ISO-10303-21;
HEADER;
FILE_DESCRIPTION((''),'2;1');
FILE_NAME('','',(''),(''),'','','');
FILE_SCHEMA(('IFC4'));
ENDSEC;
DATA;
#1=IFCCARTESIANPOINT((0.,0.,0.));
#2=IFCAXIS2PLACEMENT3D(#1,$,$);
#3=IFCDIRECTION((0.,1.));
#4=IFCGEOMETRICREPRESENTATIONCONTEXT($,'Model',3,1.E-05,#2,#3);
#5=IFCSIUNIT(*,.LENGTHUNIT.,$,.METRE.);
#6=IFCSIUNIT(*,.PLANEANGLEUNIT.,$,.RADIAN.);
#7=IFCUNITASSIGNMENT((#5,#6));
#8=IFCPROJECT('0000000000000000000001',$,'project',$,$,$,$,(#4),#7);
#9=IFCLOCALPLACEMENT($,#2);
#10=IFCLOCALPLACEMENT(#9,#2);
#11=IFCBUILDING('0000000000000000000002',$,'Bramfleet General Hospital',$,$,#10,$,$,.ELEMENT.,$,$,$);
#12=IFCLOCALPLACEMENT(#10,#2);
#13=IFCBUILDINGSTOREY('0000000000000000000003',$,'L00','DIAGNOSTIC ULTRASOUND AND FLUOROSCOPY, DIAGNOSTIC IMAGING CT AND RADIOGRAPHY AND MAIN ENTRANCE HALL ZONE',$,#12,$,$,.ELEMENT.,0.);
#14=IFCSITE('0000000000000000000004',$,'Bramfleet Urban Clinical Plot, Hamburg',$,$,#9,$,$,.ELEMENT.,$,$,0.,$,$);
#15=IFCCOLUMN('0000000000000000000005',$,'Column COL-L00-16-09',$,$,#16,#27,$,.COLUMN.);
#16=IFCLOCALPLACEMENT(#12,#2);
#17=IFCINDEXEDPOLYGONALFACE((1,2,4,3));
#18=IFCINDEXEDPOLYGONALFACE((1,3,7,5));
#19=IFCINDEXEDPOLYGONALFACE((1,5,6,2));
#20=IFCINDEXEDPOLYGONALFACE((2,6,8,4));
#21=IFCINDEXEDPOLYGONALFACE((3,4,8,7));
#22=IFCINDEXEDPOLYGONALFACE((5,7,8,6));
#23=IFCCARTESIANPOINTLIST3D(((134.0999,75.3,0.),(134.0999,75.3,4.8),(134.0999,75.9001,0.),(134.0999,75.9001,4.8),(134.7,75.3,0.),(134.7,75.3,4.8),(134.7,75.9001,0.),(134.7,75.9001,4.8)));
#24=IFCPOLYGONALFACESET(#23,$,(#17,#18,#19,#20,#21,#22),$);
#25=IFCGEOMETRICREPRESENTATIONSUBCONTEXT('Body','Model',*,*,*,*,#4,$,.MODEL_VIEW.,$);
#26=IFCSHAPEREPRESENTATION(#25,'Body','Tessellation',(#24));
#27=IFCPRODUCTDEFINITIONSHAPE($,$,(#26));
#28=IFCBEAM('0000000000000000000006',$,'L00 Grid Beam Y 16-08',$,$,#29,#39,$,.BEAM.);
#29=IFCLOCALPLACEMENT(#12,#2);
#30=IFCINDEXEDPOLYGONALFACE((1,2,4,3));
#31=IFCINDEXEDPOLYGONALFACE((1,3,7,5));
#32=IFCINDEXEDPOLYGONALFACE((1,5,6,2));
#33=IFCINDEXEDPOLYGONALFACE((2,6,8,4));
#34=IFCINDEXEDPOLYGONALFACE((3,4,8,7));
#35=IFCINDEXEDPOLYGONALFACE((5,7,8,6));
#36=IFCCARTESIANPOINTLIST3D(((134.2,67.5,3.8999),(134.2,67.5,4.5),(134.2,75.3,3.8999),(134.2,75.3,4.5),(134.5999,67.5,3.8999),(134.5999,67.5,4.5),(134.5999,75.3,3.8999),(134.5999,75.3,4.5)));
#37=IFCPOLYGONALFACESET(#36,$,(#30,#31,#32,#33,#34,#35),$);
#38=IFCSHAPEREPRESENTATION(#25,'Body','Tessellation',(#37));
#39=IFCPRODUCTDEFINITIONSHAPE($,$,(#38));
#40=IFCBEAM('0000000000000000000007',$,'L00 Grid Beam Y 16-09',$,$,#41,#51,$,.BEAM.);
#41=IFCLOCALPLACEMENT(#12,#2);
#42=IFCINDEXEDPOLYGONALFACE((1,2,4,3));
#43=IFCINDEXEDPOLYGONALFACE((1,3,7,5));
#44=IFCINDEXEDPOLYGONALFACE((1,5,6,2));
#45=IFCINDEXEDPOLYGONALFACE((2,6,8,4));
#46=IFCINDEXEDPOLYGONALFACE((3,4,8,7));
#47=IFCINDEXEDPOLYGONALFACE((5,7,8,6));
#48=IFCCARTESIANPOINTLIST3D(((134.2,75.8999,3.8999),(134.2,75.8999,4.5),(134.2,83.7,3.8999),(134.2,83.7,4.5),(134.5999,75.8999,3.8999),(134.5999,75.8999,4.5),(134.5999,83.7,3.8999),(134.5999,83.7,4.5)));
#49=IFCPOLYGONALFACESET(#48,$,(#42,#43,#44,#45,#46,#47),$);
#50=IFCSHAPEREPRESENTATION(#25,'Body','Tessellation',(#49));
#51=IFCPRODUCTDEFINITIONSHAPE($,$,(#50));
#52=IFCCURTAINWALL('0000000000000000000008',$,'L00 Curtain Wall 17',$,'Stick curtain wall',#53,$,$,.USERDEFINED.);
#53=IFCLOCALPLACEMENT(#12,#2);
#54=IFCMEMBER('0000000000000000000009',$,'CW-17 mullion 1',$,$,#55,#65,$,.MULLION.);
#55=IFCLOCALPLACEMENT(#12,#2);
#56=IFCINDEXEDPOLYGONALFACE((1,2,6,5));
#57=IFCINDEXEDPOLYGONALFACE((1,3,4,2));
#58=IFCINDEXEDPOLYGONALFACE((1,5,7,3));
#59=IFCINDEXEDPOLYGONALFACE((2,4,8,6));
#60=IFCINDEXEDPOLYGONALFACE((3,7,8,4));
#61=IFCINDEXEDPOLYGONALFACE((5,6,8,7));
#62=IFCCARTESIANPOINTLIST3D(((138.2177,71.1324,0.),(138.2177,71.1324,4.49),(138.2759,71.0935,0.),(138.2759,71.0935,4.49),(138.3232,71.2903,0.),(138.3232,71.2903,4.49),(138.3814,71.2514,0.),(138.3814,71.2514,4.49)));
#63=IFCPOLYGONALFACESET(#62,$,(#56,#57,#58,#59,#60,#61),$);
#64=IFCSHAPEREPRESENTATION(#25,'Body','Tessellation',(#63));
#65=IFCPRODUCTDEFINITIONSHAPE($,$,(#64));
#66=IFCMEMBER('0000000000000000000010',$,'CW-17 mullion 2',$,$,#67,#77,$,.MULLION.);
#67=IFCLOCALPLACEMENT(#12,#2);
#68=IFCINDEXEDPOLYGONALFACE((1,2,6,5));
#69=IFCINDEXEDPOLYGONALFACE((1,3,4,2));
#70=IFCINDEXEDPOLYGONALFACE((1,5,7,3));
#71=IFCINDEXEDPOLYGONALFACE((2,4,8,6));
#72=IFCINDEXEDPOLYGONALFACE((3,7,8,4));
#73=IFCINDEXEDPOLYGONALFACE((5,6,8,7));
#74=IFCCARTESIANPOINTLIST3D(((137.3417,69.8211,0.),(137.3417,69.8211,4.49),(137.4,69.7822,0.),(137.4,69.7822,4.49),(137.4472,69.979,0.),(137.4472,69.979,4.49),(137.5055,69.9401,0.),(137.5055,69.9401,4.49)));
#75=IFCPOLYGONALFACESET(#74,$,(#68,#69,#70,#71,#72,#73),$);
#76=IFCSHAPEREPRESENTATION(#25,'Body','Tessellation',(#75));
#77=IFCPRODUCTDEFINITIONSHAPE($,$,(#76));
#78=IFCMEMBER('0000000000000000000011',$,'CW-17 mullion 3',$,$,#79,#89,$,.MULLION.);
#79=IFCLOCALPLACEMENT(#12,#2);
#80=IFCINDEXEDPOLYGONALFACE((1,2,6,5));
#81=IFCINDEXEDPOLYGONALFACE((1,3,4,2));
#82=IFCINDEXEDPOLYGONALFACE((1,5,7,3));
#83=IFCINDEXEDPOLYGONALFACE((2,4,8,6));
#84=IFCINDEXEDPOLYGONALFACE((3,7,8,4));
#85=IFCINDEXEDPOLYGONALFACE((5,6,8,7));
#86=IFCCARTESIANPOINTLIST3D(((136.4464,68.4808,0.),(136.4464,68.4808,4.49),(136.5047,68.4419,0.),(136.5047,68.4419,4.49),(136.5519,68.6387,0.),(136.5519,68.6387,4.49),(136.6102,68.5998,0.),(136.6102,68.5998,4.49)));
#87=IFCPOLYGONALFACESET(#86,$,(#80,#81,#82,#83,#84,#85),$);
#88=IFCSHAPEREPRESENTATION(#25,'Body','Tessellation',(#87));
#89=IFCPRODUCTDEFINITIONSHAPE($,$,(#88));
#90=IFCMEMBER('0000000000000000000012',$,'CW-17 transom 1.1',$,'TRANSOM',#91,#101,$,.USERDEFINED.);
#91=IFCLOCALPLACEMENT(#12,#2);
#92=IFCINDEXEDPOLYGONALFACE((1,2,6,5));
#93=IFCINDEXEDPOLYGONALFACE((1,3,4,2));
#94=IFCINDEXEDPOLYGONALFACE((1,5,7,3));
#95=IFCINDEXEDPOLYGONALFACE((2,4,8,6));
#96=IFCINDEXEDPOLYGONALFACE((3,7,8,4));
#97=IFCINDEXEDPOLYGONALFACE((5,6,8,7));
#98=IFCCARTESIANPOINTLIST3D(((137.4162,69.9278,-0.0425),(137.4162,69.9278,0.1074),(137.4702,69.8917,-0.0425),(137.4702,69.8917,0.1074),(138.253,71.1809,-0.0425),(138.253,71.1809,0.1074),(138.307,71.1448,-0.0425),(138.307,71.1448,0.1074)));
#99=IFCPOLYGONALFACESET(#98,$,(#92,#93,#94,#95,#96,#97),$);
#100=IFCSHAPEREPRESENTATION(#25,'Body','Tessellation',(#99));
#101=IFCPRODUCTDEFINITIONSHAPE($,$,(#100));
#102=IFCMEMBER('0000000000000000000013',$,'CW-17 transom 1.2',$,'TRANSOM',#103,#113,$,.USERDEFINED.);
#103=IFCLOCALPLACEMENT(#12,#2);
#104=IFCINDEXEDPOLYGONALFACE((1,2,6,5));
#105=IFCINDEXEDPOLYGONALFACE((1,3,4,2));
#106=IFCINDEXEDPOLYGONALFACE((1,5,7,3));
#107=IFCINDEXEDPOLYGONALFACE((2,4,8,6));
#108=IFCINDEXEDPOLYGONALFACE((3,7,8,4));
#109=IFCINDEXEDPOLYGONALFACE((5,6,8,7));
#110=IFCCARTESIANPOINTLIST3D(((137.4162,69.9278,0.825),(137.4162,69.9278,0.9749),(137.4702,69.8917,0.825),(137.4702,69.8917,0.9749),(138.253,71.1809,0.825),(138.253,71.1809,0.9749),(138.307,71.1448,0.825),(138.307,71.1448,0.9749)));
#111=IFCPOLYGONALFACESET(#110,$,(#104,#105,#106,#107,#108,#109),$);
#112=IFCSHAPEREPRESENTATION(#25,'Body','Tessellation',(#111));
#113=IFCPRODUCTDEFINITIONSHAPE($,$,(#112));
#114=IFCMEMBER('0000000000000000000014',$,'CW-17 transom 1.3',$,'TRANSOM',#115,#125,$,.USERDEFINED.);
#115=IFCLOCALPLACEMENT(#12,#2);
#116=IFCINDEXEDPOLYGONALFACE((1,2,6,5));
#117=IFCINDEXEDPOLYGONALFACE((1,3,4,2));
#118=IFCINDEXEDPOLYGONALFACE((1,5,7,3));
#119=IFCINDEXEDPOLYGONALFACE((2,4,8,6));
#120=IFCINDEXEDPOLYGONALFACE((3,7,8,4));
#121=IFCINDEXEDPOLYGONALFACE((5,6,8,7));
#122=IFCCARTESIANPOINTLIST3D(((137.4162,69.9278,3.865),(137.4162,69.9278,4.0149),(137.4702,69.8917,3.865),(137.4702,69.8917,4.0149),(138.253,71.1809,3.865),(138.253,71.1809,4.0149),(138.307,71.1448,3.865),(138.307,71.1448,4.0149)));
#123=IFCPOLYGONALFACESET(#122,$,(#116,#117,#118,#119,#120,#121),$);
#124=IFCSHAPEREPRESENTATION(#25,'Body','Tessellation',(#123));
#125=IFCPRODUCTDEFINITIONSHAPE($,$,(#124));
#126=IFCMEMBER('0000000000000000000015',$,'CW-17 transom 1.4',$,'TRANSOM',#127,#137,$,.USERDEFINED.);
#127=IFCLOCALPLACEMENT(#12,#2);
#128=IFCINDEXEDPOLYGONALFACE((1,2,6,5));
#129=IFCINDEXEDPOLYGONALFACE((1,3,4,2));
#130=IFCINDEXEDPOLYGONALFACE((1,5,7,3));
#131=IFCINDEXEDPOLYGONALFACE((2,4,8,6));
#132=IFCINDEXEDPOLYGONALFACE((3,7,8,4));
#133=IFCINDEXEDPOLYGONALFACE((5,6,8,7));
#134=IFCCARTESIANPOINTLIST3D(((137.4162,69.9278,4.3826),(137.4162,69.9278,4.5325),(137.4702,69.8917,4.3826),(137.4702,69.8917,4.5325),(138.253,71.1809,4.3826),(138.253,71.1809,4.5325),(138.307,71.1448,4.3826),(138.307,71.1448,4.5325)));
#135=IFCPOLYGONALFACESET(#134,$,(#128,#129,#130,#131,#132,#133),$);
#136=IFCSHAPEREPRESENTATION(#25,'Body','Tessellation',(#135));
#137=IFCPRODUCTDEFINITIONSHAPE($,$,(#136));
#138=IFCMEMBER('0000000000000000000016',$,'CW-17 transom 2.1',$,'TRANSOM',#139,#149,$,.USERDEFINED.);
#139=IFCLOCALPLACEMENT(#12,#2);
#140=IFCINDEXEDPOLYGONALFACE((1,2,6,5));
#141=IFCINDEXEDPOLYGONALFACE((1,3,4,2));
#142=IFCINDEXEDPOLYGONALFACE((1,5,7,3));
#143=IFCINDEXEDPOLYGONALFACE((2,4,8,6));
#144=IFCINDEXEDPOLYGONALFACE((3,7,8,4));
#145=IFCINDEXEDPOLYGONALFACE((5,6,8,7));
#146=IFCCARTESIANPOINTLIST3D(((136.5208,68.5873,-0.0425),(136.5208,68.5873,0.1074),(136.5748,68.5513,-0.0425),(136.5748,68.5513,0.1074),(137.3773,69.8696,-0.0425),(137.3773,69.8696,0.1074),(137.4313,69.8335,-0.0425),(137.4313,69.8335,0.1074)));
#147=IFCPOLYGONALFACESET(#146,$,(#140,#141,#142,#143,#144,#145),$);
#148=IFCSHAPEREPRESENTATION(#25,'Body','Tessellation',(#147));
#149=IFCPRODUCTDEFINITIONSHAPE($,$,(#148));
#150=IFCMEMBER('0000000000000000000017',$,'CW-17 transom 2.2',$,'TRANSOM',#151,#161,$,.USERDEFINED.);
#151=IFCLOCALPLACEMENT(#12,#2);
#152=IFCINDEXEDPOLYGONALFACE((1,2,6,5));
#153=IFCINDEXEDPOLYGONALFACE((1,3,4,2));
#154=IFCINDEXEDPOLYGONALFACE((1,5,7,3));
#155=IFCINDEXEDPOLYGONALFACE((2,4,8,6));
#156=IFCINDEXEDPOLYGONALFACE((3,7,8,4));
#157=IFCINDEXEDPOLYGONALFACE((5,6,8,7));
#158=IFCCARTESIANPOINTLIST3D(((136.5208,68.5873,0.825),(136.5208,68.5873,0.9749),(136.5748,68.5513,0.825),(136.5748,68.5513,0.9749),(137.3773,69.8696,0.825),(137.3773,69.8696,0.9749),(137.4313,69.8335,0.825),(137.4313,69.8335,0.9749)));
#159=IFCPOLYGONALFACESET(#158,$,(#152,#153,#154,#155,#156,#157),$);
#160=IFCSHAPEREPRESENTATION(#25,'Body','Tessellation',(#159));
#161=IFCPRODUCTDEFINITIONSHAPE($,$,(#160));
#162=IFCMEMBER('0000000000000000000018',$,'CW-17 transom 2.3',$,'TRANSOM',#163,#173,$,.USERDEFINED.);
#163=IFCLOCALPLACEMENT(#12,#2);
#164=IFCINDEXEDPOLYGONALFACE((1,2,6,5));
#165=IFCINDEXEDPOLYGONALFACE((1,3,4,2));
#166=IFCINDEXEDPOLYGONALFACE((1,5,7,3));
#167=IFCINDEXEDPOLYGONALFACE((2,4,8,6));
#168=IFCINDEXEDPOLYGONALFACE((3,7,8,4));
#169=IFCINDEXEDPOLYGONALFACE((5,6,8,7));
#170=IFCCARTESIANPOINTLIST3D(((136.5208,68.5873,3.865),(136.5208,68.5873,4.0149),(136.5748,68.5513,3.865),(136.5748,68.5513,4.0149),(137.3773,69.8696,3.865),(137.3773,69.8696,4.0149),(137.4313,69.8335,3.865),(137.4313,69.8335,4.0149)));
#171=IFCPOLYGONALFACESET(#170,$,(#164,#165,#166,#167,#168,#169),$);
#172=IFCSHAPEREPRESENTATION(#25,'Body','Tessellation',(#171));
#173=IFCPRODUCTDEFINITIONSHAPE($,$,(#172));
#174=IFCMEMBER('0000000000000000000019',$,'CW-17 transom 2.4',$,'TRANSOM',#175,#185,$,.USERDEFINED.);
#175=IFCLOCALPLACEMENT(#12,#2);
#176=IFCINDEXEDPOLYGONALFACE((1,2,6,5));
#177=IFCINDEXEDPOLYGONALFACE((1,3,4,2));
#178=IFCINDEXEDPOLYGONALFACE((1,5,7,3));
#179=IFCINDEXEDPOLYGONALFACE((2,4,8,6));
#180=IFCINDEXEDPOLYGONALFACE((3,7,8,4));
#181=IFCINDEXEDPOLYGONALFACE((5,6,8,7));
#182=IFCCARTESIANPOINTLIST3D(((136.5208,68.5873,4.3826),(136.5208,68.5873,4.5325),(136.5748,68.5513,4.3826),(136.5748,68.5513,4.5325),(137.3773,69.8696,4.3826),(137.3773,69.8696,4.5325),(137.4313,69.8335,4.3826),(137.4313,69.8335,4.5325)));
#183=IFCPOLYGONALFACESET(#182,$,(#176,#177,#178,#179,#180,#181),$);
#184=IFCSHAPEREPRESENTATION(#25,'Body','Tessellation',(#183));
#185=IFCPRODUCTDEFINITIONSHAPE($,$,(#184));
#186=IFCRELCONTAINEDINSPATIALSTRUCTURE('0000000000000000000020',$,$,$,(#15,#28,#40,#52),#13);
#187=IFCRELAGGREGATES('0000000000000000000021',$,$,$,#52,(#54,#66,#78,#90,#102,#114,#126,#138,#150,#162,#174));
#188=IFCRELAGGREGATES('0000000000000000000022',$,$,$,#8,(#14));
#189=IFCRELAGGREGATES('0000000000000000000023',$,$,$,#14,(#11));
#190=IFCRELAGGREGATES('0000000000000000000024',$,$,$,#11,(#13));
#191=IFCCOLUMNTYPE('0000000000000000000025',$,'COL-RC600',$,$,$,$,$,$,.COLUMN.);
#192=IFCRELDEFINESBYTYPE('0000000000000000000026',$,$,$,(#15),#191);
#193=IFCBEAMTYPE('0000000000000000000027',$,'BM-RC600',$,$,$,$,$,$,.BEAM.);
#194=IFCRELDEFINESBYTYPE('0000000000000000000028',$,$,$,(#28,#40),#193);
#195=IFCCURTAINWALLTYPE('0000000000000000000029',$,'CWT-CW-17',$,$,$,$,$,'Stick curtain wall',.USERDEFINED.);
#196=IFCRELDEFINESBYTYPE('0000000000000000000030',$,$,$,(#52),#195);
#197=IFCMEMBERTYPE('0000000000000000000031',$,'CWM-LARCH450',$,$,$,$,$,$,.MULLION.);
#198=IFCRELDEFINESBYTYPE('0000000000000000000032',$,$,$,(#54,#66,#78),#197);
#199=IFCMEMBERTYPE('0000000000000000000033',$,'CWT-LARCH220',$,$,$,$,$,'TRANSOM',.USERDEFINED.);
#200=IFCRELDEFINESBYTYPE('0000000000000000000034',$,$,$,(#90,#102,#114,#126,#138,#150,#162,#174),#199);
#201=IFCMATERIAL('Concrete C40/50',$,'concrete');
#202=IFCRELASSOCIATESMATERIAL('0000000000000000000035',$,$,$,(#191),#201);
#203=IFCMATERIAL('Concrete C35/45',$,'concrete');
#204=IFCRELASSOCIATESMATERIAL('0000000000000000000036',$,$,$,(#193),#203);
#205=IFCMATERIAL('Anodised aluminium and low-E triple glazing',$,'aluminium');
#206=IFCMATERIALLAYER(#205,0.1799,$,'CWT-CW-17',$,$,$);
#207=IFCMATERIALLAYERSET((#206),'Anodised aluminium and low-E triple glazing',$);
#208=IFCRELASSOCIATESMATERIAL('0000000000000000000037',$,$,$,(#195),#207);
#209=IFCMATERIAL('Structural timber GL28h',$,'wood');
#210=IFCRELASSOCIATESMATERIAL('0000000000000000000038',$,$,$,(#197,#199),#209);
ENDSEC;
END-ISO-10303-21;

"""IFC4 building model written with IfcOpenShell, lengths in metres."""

from ifc_helpers import new_model, si_unit, direction, frame, origin, origin_2d, place, context, subcontext, project, spatial, rectangle, extrude, material, layer, layer_set, material_profile, profile_set, type_object, element, aggregate, save


model = new_model("IFC4")

# Units and contexts
model_context = context("Model", 3, precision=1e-05, world=origin(), true_north=direction((0.0, 1.0)))
body_context = subcontext(model_context, "Body", "Model", "MODEL_VIEW")
ifc_project = project(units=[si_unit("LENGTHUNIT", "METRE"), si_unit("PLANEANGLEUNIT", "RADIAN")], contexts=[model_context])

# Site, building, storey
site_placement = place(None, origin())
site = spatial("IfcSite", under=ifc_project, at=site_placement, Name="Bramfleet Urban Clinical Plot, Hamburg", CompositionType="ELEMENT", RefElevation=0.0)
building_placement = place(site_placement, origin())
building = spatial("IfcBuilding", under=site, at=building_placement, Name="Bramfleet General Hospital", CompositionType="ELEMENT")
storey_placement = place(building_placement, origin())
storey = spatial("IfcBuildingStorey", under=building, at=storey_placement, Name="L00", Description="DIAGNOSTIC ULTRASOUND AND FLUOROSCOPY, DIAGNOSTIC IMAGING CT AND RADIOGRAPHY AND MAIN ENTRANCE HALL ZONE", CompositionType="ELEMENT", Elevation=0.0)

# Column
ifc_material_1 = material(Name="Concrete C40/50", Category="concrete")
ifc_material_profile_1 = material_profile(ifc_material_1, rectangle(XDim=0.6001, YDim=0.6001, at=origin_2d()), Name="RC COL 600x600")
ifc_profile_set_1 = profile_set([ifc_material_profile_1], Name="Concrete C40/50")
column_type = type_object("IfcColumnType", Name="COL-RC600", PredefinedType="COLUMN", material=ifc_profile_set_1)
column_placement = place(storey_placement, frame((134.3999, 75.6001, 0.0), z_axis=(0.0, 0.0, 1.0), x_axis=(1.0, 0.0, 0.0)))
element("IfcColumn", 1, at=column_placement, inside=storey, type_object=column_type, Name="Column COL-L00-16-09", PredefinedType="COLUMN", context=body_context, shape_type="SweptSolid", body=[
    extrude(rectangle(XDim=0.6001, YDim=0.6001, at=origin_2d()), origin(), (0.0, 0.0, 1.0), 4.8),
])

# Beams
ifc_material_2 = material(Name="Concrete C35/45", Category="concrete")
ifc_material_profile_2 = material_profile(ifc_material_2, rectangle(XDim=0.3999, YDim=0.6001, at=origin_2d()), Name="RC BM 600x400")
ifc_profile_set_2 = profile_set([ifc_material_profile_2], Name="Concrete C35/45")
beam_type = type_object("IfcBeamType", Name="BM-RC600", PredefinedType="BEAM", material=ifc_profile_set_2)
for number, where, z_axis, x_axis, name in (
    (2, (134.3999, 67.5, 4.2), (0.0, 1.0, 0.0), (-1.0, 0.0, 0.0), "L00 Grid Beam Y 16-08"),
    (3, (134.3999, 75.8999, 4.2), (0.0, 1.0, 0.0), (-1.0, 0.0, 0.0), "L00 Grid Beam Y 16-09"),
):
    element("IfcBeam", number, at=place(storey_placement, frame(where, z_axis=z_axis, x_axis=x_axis)), inside=storey, type_object=beam_type, Name=name, PredefinedType="BEAM", context=body_context, shape_type="SweptSolid", body=[
        extrude(rectangle(XDim=0.3999, YDim=0.6001, at=origin_2d()), origin(), (0.0, 0.0, 1.0), 7.8),
    ])

# Curtain wall, members
ifc_material_3 = material(Name="Anodised aluminium and low-E triple glazing", Category="aluminium")
ifc_layer_1 = layer(ifc_material_3, 0.1799, Name="CWT-CW-17")
ifc_layer_set_1 = layer_set([ifc_layer_1], Name="Anodised aluminium and low-E triple glazing")
curtain_wall_type = type_object("IfcCurtainWallType", Name="CWT-CW-17", ElementType="Stick curtain wall", PredefinedType="USERDEFINED", material=ifc_layer_set_1)
curtain_wall_placement = place(storey_placement, origin())
curtain_wall = element("IfcCurtainWall", 4, at=curtain_wall_placement, inside=storey, type_object=curtain_wall_type, Name="L00 Curtain Wall 17", ObjectType="Stick curtain wall", PredefinedType="USERDEFINED")
ifc_material_4 = material(Name="Structural timber GL28h", Category="wood")
ifc_material_profile_3 = material_profile(ifc_material_4, rectangle(XDim=0.0701, YDim=0.1899, at=origin_2d()), Name="LARCH 190x70")
ifc_profile_set_3 = profile_set([ifc_material_profile_3], Name="Structural timber GL28h")
member_type_1 = type_object("IfcMemberType", Name="CWM-LARCH450", PredefinedType="MULLION", material=ifc_profile_set_3)
member_1_placement = place(storey_placement, frame((138.2996, 71.1919, 0.0), z_axis=(0.0, 0.0, 1.0), x_axis=(0.831541, -0.555464, 0.0)))
member_1 = element("IfcMember", 5, at=member_1_placement, type_object=member_type_1, Name="CW-17 mullion 1", PredefinedType="MULLION", context=body_context, shape_type="SweptSolid", body=[
    extrude(rectangle(XDim=0.0701, YDim=0.1899, at=origin_2d()), origin(), (0.0, 0.0, 1.0), 4.49),
])
member_2_placement = place(storey_placement, frame((137.4236, 69.8806, 0.0), z_axis=(0.0, 0.0, 1.0), x_axis=(0.831541, -0.555464, 0.0)))
member_2 = element("IfcMember", 6, at=member_2_placement, type_object=member_type_1, Name="CW-17 mullion 2", PredefinedType="MULLION", context=body_context, shape_type="SweptSolid", body=[
    extrude(rectangle(XDim=0.0701, YDim=0.1899, at=origin_2d()), origin(), (0.0, 0.0, 1.0), 4.49),
])
member_3_placement = place(storey_placement, frame((136.5283, 68.5403, 0.0), z_axis=(0.0, 0.0, 1.0), x_axis=(0.831541, -0.555464, 0.0)))
member_3 = element("IfcMember", 7, at=member_3_placement, type_object=member_type_1, Name="CW-17 mullion 3", PredefinedType="MULLION", context=body_context, shape_type="SweptSolid", body=[
    extrude(rectangle(XDim=0.0701, YDim=0.1899, at=origin_2d()), origin(), (0.0, 0.0, 1.0), 4.49),
])
ifc_material_profile_4 = material_profile(ifc_material_4, rectangle(XDim=0.0649, YDim=0.1499, at=origin_2d()), Name="LARCH 150x65")
ifc_profile_set_4 = profile_set([ifc_material_profile_4], Name="Structural timber GL28h")
member_type_2 = type_object("IfcMemberType", Name="CWT-LARCH220", ElementType="TRANSOM", PredefinedType="USERDEFINED", material=ifc_profile_set_4)
member_4_placement = place(storey_placement, frame((138.28, 71.1628, 0.0325), z_axis=(-0.555373, -0.831601, 0.0), x_axis=(0.831601, -0.555373, 0.0)))
member_4 = element("IfcMember", 8, at=member_4_placement, type_object=member_type_2, Name="CW-17 transom 1.1", ObjectType="TRANSOM", PredefinedType="USERDEFINED", context=body_context, shape_type="SweptSolid", body=[
    extrude(rectangle(XDim=0.0649, YDim=0.1499, at=origin_2d()), origin(), (0.0, 0.0, 1.0), 1.5068),
])
member_5_placement = place(storey_placement, frame((138.28, 71.1628, 0.8999), z_axis=(-0.555373, -0.831601, 0.0), x_axis=(0.831601, -0.555373, 0.0)))
member_5 = element("IfcMember", 9, at=member_5_placement, type_object=member_type_2, Name="CW-17 transom 1.2", ObjectType="TRANSOM", PredefinedType="USERDEFINED", context=body_context, shape_type="SweptSolid", body=[
    extrude(rectangle(XDim=0.0649, YDim=0.1499, at=origin_2d()), origin(), (0.0, 0.0, 1.0), 1.5068),
])
member_6_placement = place(storey_placement, frame((138.28, 71.1628, 3.9399), z_axis=(-0.555373, -0.831601, 0.0), x_axis=(0.831601, -0.555373, 0.0)))
member_6 = element("IfcMember", 10, at=member_6_placement, type_object=member_type_2, Name="CW-17 transom 1.3", ObjectType="TRANSOM", PredefinedType="USERDEFINED", context=body_context, shape_type="SweptSolid", body=[
    extrude(rectangle(XDim=0.0649, YDim=0.1499, at=origin_2d()), origin(), (0.0, 0.0, 1.0), 1.5068),
])
member_7_placement = place(storey_placement, frame((138.28, 71.1628, 4.4575), z_axis=(-0.555373, -0.831601, 0.0), x_axis=(0.831601, -0.555373, 0.0)))
member_7 = element("IfcMember", 11, at=member_7_placement, type_object=member_type_2, Name="CW-17 transom 1.4", ObjectType="TRANSOM", PredefinedType="USERDEFINED", context=body_context, shape_type="SweptSolid", body=[
    extrude(rectangle(XDim=0.0649, YDim=0.1499, at=origin_2d()), origin(), (0.0, 0.0, 1.0), 1.5068),
])
member_8_placement = place(storey_placement, frame((137.4043, 69.8516, 0.0325), z_axis=(-0.555431, -0.831563, 0.0), x_axis=(0.831563, -0.555431, 0.0)))
member_8 = element("IfcMember", 12, at=member_8_placement, type_object=member_type_2, Name="CW-17 transom 2.1", ObjectType="TRANSOM", PredefinedType="USERDEFINED", context=body_context, shape_type="SweptSolid", body=[
    extrude(rectangle(XDim=0.0649, YDim=0.1499, at=origin_2d()), origin(), (0.0, 0.0, 1.0), 1.542),
])
member_9_placement = place(storey_placement, frame((137.4043, 69.8516, 0.8999), z_axis=(-0.555431, -0.831563, 0.0), x_axis=(0.831563, -0.555431, 0.0)))
member_9 = element("IfcMember", 13, at=member_9_placement, type_object=member_type_2, Name="CW-17 transom 2.2", ObjectType="TRANSOM", PredefinedType="USERDEFINED", context=body_context, shape_type="SweptSolid", body=[
    extrude(rectangle(XDim=0.0649, YDim=0.1499, at=origin_2d()), origin(), (0.0, 0.0, 1.0), 1.542),
])
member_10_placement = place(storey_placement, frame((137.4043, 69.8516, 3.9399), z_axis=(-0.555431, -0.831563, 0.0), x_axis=(0.831563, -0.555431, 0.0)))
member_10 = element("IfcMember", 14, at=member_10_placement, type_object=member_type_2, Name="CW-17 transom 2.3", ObjectType="TRANSOM", PredefinedType="USERDEFINED", context=body_context, shape_type="SweptSolid", body=[
    extrude(rectangle(XDim=0.0649, YDim=0.1499, at=origin_2d()), origin(), (0.0, 0.0, 1.0), 1.542),
])
member_11_placement = place(storey_placement, frame((137.4043, 69.8516, 4.4575), z_axis=(-0.555431, -0.831563, 0.0), x_axis=(0.831563, -0.555431, 0.0)))
member_11 = element("IfcMember", 15, at=member_11_placement, type_object=member_type_2, Name="CW-17 transom 2.4", ObjectType="TRANSOM", PredefinedType="USERDEFINED", context=body_context, shape_type="SweptSolid", body=[
    extrude(rectangle(XDim=0.0649, YDim=0.1499, at=origin_2d()), origin(), (0.0, 0.0, 1.0), 1.542),
])
aggregate(curtain_wall, [member_1, member_2, member_3, member_4, member_5, member_6, member_7, member_8, member_9, member_10, member_11])

save(model, "model.ifc")
